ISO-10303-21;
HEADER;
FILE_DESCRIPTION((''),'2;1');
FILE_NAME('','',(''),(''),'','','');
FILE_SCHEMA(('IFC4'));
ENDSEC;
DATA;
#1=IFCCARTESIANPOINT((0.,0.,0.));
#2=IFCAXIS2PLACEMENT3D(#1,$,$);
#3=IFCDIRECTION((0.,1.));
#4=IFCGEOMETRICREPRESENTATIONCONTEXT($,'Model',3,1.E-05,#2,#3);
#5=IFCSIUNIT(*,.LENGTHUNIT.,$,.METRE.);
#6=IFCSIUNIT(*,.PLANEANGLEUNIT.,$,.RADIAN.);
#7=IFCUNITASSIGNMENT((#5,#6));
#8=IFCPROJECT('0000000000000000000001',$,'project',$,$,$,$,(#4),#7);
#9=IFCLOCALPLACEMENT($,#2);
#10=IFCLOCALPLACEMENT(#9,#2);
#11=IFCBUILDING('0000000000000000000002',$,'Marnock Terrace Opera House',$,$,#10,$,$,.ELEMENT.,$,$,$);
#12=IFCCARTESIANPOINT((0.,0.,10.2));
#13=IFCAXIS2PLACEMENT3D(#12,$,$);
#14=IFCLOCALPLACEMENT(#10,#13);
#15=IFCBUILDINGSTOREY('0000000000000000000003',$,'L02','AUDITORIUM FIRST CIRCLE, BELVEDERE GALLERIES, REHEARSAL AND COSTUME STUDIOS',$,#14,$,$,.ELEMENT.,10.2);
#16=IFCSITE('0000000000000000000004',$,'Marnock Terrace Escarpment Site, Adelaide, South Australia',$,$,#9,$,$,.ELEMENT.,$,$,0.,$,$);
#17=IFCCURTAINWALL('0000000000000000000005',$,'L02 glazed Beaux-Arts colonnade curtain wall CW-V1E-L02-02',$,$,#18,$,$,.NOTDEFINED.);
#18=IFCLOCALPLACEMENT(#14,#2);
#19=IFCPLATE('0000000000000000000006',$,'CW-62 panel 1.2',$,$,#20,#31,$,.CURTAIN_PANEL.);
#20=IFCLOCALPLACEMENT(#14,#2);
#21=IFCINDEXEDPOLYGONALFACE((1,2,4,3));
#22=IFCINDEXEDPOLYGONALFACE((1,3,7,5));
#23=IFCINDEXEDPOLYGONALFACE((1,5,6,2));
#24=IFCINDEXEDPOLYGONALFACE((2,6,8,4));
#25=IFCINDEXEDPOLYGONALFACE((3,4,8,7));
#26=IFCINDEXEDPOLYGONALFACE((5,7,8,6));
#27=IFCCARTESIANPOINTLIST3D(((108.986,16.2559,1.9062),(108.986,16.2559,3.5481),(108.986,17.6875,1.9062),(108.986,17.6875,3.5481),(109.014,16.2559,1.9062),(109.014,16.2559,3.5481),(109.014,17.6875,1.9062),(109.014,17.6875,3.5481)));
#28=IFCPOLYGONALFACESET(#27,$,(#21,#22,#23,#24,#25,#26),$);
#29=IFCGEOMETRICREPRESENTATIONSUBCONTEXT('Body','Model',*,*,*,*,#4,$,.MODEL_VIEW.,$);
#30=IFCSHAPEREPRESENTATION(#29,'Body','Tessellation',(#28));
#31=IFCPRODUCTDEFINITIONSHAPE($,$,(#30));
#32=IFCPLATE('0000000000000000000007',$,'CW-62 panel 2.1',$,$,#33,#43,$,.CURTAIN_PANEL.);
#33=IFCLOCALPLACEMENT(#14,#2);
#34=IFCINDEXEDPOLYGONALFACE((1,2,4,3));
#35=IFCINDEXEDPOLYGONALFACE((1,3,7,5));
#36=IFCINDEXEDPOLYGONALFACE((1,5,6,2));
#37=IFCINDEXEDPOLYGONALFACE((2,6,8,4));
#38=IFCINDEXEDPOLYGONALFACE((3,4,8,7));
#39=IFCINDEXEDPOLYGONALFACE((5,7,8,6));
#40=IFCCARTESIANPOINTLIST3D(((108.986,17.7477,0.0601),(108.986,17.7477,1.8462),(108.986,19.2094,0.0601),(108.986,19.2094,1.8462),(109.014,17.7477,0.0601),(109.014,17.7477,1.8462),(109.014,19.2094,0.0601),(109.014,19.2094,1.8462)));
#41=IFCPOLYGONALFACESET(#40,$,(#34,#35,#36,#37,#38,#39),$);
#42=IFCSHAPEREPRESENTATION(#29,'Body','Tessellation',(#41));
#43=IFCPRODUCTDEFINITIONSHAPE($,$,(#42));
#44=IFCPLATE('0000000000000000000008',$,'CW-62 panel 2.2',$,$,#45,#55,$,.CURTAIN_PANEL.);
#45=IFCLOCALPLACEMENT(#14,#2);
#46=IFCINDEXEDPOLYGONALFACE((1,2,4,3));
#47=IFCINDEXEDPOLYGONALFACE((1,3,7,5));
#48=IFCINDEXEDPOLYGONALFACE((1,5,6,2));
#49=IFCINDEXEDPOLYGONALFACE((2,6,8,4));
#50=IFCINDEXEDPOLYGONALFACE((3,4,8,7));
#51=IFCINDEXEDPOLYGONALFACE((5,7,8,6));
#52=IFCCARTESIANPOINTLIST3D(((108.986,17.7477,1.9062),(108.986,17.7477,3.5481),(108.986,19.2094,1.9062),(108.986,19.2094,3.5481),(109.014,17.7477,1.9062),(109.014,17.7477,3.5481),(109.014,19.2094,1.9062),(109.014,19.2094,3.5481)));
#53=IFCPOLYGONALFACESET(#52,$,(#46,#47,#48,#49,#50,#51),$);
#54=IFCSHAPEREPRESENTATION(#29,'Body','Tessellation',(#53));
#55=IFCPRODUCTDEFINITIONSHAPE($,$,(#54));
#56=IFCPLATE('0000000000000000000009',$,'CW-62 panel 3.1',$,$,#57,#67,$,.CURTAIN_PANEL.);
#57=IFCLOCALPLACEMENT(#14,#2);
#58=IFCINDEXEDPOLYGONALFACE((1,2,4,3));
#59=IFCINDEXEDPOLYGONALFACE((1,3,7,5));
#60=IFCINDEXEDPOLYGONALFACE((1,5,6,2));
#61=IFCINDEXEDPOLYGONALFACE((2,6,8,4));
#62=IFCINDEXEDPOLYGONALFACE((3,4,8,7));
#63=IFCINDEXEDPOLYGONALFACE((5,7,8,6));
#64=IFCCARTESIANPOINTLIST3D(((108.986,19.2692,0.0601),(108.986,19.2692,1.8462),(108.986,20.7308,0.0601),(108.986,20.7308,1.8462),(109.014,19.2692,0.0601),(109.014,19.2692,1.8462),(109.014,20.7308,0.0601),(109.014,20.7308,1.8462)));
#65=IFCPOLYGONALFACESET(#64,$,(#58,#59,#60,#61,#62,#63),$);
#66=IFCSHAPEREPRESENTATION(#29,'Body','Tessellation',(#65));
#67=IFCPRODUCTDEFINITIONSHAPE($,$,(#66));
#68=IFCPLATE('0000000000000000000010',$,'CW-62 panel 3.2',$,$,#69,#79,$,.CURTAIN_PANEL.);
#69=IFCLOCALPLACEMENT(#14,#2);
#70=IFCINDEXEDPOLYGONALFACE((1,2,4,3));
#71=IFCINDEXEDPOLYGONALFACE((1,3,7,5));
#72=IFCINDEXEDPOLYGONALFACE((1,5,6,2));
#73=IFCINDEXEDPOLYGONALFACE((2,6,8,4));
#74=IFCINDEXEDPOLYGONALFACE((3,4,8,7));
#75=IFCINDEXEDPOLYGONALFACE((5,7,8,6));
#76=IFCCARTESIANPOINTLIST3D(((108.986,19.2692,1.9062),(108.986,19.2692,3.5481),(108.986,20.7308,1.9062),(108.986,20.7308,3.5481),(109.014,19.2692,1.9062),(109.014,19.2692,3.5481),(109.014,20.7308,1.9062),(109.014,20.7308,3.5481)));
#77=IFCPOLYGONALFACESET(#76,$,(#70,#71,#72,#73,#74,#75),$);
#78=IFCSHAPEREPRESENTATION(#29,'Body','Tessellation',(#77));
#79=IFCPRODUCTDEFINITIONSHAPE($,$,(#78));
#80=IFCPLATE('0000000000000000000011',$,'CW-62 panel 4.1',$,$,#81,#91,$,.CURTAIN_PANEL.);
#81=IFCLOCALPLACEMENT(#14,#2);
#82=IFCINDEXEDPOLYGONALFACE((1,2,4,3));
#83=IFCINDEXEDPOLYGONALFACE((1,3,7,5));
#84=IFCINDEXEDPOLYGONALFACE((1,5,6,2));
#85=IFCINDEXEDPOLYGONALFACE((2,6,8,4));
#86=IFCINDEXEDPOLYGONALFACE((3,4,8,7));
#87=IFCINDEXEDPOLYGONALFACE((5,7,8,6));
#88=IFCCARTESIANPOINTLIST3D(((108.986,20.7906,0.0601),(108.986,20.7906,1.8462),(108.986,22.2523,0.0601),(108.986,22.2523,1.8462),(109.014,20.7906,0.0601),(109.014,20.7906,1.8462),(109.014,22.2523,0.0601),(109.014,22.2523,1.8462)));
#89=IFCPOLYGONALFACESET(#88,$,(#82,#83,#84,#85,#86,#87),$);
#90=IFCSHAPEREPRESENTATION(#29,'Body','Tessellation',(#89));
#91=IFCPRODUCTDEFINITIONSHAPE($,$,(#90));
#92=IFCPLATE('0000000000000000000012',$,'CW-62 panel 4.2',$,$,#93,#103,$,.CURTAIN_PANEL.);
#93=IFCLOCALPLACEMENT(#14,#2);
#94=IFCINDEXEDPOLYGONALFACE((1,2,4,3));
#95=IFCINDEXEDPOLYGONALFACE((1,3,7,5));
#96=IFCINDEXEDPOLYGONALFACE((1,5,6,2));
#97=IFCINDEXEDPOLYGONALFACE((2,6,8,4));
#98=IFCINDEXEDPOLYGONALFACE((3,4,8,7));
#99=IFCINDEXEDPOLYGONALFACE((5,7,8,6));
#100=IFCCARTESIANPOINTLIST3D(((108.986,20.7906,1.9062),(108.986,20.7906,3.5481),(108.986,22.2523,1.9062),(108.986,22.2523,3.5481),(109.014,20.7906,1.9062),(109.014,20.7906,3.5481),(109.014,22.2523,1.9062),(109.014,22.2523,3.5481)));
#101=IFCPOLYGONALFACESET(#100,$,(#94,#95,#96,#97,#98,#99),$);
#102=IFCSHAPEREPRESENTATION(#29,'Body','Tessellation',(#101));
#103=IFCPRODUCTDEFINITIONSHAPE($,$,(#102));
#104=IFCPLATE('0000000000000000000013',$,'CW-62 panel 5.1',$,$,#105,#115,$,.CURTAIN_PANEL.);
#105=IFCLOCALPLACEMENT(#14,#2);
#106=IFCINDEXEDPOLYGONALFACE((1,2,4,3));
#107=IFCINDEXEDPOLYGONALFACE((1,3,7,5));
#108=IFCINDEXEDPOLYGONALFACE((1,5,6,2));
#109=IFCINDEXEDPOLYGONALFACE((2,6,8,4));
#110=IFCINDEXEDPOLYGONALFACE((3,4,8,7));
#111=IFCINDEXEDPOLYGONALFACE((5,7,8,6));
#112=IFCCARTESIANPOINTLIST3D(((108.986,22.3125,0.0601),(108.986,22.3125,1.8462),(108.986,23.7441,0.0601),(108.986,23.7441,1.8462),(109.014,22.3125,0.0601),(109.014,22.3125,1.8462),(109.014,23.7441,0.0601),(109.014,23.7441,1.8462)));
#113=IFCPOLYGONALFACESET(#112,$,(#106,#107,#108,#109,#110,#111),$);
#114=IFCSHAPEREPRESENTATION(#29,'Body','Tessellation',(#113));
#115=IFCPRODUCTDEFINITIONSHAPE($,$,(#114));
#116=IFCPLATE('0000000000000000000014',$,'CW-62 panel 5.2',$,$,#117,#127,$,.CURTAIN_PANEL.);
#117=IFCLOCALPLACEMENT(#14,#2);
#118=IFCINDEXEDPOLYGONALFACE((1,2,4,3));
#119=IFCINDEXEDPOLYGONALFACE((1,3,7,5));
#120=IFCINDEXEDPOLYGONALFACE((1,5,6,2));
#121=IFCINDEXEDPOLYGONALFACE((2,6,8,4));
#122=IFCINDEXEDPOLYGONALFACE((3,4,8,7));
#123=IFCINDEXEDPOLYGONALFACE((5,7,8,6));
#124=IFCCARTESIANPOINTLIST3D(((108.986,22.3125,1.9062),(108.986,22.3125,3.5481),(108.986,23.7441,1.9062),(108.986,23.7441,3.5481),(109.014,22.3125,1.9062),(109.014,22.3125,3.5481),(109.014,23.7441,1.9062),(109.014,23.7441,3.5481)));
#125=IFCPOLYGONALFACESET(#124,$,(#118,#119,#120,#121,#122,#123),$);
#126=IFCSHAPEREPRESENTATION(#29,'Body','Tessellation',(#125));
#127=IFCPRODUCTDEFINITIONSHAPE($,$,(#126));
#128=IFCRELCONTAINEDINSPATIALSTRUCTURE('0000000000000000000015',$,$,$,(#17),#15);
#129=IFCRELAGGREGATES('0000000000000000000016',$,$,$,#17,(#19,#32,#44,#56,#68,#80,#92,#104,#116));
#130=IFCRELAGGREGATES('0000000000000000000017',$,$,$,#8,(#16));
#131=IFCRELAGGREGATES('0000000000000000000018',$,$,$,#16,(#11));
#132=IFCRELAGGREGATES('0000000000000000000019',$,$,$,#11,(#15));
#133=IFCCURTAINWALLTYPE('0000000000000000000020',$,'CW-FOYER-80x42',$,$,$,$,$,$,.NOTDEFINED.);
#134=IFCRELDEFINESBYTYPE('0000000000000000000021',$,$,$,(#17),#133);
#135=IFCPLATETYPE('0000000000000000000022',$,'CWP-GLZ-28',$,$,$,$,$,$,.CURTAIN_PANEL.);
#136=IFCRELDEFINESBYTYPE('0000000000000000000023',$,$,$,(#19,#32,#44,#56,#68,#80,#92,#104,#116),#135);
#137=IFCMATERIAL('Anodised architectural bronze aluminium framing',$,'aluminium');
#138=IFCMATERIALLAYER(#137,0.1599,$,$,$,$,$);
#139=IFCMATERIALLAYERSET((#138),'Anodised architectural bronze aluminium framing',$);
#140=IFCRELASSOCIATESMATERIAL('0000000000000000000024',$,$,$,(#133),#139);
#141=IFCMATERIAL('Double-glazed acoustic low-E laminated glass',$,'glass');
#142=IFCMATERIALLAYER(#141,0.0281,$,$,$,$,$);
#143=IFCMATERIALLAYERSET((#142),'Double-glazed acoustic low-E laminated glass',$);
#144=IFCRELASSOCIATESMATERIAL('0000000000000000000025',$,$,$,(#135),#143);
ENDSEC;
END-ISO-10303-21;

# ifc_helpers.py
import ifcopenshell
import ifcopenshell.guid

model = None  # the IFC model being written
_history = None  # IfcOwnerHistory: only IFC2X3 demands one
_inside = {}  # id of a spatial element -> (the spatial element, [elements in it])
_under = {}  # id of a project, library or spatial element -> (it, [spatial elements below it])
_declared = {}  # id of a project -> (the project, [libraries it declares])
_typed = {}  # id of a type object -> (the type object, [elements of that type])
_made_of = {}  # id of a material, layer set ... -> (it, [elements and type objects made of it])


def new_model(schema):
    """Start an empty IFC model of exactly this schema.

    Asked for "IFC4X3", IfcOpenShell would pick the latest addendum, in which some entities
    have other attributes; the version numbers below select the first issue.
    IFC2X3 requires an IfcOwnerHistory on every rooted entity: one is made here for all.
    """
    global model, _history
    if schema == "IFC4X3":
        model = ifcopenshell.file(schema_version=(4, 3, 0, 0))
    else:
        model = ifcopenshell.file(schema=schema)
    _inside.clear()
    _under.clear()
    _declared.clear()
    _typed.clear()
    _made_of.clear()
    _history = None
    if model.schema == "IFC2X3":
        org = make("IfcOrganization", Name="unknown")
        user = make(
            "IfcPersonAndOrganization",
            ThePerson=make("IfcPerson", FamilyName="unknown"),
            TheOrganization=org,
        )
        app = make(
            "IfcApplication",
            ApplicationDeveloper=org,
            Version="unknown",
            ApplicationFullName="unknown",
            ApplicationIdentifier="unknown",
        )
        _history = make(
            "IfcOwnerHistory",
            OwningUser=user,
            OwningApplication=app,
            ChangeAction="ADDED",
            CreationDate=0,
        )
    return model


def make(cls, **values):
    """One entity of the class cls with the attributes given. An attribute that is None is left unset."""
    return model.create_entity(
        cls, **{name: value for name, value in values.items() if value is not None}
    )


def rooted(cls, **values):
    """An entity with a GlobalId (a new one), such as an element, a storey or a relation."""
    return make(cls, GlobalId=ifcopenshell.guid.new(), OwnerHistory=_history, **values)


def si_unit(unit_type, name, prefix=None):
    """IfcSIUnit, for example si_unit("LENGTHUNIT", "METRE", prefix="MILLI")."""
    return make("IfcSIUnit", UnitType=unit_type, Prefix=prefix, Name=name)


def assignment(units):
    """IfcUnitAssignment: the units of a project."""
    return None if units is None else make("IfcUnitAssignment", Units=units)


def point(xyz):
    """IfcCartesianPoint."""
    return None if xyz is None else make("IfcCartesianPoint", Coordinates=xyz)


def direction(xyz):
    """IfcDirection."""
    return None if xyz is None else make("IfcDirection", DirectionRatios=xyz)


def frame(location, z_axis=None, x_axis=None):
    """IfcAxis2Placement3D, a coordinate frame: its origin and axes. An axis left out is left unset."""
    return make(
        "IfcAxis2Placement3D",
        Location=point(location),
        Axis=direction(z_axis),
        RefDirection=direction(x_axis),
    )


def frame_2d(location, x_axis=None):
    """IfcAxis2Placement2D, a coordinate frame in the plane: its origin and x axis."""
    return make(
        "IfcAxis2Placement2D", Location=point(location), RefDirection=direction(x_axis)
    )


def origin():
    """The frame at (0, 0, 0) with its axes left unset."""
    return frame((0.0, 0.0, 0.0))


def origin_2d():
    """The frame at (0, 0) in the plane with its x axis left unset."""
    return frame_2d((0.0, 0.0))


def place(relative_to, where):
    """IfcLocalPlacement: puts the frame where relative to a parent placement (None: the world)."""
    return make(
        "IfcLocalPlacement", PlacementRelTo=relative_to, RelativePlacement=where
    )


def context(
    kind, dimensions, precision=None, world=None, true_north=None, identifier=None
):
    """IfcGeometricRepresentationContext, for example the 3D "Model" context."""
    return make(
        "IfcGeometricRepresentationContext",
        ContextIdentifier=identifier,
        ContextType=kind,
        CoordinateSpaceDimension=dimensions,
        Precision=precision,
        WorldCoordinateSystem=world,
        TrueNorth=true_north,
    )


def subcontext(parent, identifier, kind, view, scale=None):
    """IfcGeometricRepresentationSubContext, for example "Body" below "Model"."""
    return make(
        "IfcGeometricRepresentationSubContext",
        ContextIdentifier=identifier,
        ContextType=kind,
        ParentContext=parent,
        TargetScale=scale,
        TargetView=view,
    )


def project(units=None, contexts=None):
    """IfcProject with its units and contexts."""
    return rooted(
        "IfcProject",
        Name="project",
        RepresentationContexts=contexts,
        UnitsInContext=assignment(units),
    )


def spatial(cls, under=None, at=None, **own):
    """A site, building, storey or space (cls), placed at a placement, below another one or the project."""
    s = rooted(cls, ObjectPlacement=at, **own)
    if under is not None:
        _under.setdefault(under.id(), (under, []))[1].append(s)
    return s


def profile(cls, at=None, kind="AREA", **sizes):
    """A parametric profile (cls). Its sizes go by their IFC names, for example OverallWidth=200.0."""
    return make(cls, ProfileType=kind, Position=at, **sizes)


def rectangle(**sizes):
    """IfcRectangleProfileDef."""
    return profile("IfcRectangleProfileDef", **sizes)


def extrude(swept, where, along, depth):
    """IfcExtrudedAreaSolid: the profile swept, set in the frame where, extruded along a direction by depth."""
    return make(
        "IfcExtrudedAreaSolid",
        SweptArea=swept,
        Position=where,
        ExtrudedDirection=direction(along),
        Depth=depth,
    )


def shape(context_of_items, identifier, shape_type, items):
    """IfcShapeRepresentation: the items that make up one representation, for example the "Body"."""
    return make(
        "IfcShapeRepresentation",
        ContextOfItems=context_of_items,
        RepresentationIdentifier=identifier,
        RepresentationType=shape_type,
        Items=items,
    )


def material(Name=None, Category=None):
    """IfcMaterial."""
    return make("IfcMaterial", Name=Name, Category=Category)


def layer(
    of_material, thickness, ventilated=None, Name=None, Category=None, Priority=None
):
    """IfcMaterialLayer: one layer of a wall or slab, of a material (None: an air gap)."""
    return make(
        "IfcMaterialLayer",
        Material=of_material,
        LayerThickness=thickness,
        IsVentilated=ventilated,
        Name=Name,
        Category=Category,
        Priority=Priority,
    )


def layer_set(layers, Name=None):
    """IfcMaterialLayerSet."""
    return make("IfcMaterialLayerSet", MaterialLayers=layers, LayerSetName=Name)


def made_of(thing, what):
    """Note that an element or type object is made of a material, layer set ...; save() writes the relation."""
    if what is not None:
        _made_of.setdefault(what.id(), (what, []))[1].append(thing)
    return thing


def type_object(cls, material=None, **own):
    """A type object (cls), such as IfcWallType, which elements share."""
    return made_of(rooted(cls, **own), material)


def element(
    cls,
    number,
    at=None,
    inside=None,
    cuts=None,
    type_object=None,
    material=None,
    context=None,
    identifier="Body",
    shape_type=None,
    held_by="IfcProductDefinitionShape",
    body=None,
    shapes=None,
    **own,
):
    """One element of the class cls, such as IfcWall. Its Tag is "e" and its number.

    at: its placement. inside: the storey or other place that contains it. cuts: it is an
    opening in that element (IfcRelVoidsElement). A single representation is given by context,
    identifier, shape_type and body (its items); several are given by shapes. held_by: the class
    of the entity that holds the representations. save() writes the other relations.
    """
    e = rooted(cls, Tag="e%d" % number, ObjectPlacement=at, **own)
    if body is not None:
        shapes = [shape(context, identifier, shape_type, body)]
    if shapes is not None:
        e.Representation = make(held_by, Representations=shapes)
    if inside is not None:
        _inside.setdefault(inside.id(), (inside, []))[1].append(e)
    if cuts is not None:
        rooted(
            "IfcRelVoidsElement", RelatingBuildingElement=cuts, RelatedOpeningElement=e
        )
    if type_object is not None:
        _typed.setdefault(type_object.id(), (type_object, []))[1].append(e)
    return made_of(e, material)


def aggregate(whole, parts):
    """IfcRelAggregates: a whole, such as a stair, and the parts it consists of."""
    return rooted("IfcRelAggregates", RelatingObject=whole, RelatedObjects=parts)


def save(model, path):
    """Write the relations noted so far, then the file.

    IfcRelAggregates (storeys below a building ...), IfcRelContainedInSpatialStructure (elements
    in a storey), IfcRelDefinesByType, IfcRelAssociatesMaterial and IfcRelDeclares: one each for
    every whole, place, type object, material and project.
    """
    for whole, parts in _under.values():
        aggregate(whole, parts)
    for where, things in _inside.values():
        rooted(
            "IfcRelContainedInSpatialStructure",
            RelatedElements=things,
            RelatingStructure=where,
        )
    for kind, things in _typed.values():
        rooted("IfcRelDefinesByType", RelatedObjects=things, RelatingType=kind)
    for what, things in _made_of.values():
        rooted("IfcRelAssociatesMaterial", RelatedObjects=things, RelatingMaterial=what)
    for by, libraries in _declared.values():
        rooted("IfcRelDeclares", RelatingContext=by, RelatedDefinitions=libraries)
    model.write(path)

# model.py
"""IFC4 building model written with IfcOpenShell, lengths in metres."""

from ifc_helpers import new_model, si_unit, direction, frame, origin, origin_2d, place, context, subcontext, project, spatial, rectangle, extrude, material, layer, layer_set, type_object, element, aggregate, save


model = new_model("IFC4")

# Units and contexts
model_context = context("Model", 3, precision=1e-05, world=origin(), true_north=direction((0.0, 1.0)))
body_context = subcontext(model_context, "Body", "Model", "MODEL_VIEW")
ifc_project = project(units=[si_unit("LENGTHUNIT", "METRE"), si_unit("PLANEANGLEUNIT", "RADIAN")], contexts=[model_context])

# Site, building, storey
site_placement = place(None, origin())
site = spatial("IfcSite", under=ifc_project, at=site_placement, Name="Marnock Terrace Escarpment Site, Adelaide, South Australia", CompositionType="ELEMENT", RefElevation=0.0)
building_placement = place(site_placement, origin())
building = spatial("IfcBuilding", under=site, at=building_placement, Name="Marnock Terrace Opera House", CompositionType="ELEMENT")
storey_placement = place(building_placement, frame((0.0, 0.0, 10.2)))
storey = spatial("IfcBuildingStorey", under=building, at=storey_placement, Name="L02", Description="AUDITORIUM FIRST CIRCLE, BELVEDERE GALLERIES, REHEARSAL AND COSTUME STUDIOS", CompositionType="ELEMENT", Elevation=10.2)

# Curtain wall
ifc_material_1 = material(Name="Anodised architectural bronze aluminium framing", Category="aluminium")
ifc_layer_1 = layer(ifc_material_1, 0.1599)
ifc_layer_set_1 = layer_set([ifc_layer_1], Name="Anodised architectural bronze aluminium framing")
curtain_wall_type = type_object("IfcCurtainWallType", Name="CW-FOYER-80x42", PredefinedType="NOTDEFINED", material=ifc_layer_set_1)
curtain_wall_1_placement = place(storey_placement, origin())
curtain_wall_1 = element("IfcCurtainWall", 1, at=curtain_wall_1_placement, inside=storey, type_object=curtain_wall_type, Name="L02 glazed Beaux-Arts colonnade curtain wall CW-V1E-L02-02", PredefinedType="NOTDEFINED")

# Plates
ifc_material_2 = material(Name="Double-glazed acoustic low-E laminated glass", Category="glass")
ifc_layer_2 = layer(ifc_material_2, 0.0281)
ifc_layer_set_2 = layer_set([ifc_layer_2], Name="Double-glazed acoustic low-E laminated glass")
plate_type = type_object("IfcPlateType", Name="CWP-GLZ-28", PredefinedType="CURTAIN_PANEL", material=ifc_layer_set_2)
plate_1_placement = place(storey_placement, frame((109.0, 16.9717, 1.9062), z_axis=(0.0, 0.0, 1.0), x_axis=(0.0, 1.0, 0.0)))
plate_1 = element("IfcPlate", 2, at=plate_1_placement, type_object=plate_type, Name="CW-62 panel 1.2", PredefinedType="CURTAIN_PANEL", context=body_context, shape_type="SweptSolid", body=[
    extrude(rectangle(XDim=1.4316, YDim=0.0281, at=origin_2d()), origin(), (0.0, 0.0, 1.0), 1.6418),
])
plate_2_placement = place(storey_placement, frame((109.0, 18.4785, 0.0601), z_axis=(0.0, 0.0, 1.0), x_axis=(0.0, 1.0, 0.0)))
plate_2 = element("IfcPlate", 3, at=plate_2_placement, type_object=plate_type, Name="CW-62 panel 2.1", PredefinedType="CURTAIN_PANEL", context=body_context, shape_type="SweptSolid", body=[
    extrude(rectangle(XDim=1.4617, YDim=0.0281, at=origin_2d()), origin(), (0.0, 0.0, 1.0), 1.7861),
])
plate_3_placement = place(storey_placement, frame((109.0, 18.4785, 1.9062), z_axis=(0.0, 0.0, 1.0), x_axis=(0.0, 1.0, 0.0)))
plate_3 = element("IfcPlate", 4, at=plate_3_placement, type_object=plate_type, Name="CW-62 panel 2.2", PredefinedType="CURTAIN_PANEL", context=body_context, shape_type="SweptSolid", body=[
    extrude(rectangle(XDim=1.4617, YDim=0.0281, at=origin_2d()), origin(), (0.0, 0.0, 1.0), 1.6418),
])
plate_4_placement = place(storey_placement, frame((109.0, 20.0, 0.0601), z_axis=(0.0, 0.0, 1.0), x_axis=(0.0, 1.0, 0.0)))
plate_4 = element("IfcPlate", 5, at=plate_4_placement, type_object=plate_type, Name="CW-62 panel 3.1", PredefinedType="CURTAIN_PANEL", context=body_context, shape_type="SweptSolid", body=[
    extrude(rectangle(XDim=1.4617, YDim=0.0281, at=origin_2d()), origin(), (0.0, 0.0, 1.0), 1.7861),
])
plate_5_placement = place(storey_placement, frame((109.0, 20.0, 1.9062), z_axis=(0.0, 0.0, 1.0), x_axis=(0.0, 1.0, 0.0)))
plate_5 = element("IfcPlate", 6, at=plate_5_placement, type_object=plate_type, Name="CW-62 panel 3.2", PredefinedType="CURTAIN_PANEL", context=body_context, shape_type="SweptSolid", body=[
    extrude(rectangle(XDim=1.4617, YDim=0.0281, at=origin_2d()), origin(), (0.0, 0.0, 1.0), 1.6418),
])
plate_6_placement = place(storey_placement, frame((109.0, 21.5215, 0.0601), z_axis=(0.0, 0.0, 1.0), x_axis=(0.0, 1.0, 0.0)))
plate_6 = element("IfcPlate", 7, at=plate_6_placement, type_object=plate_type, Name="CW-62 panel 4.1", PredefinedType="CURTAIN_PANEL", context=body_context, shape_type="SweptSolid", body=[
    extrude(rectangle(XDim=1.4617, YDim=0.0281, at=origin_2d()), origin(), (0.0, 0.0, 1.0), 1.7861),
])
plate_7_placement = place(storey_placement, frame((109.0, 21.5215, 1.9062), z_axis=(0.0, 0.0, 1.0), x_axis=(0.0, 1.0, 0.0)))
plate_7 = element("IfcPlate", 8, at=plate_7_placement, type_object=plate_type, Name="CW-62 panel 4.2", PredefinedType="CURTAIN_PANEL", context=body_context, shape_type="SweptSolid", body=[
    extrude(rectangle(XDim=1.4617, YDim=0.0281, at=origin_2d()), origin(), (0.0, 0.0, 1.0), 1.6418),
])
plate_8_placement = place(storey_placement, frame((109.0, 23.0283, 0.0601), z_axis=(0.0, 0.0, 1.0), x_axis=(0.0, 1.0, 0.0)))
plate_8 = element("IfcPlate", 9, at=plate_8_placement, type_object=plate_type, Name="CW-62 panel 5.1", PredefinedType="CURTAIN_PANEL", context=body_context, shape_type="SweptSolid", body=[
    extrude(rectangle(XDim=1.4316, YDim=0.0281, at=origin_2d()), origin(), (0.0, 0.0, 1.0), 1.7861),
])
plate_9_placement = place(storey_placement, frame((109.0, 23.0283, 1.9062), z_axis=(0.0, 0.0, 1.0), x_axis=(0.0, 1.0, 0.0)))
plate_9 = element("IfcPlate", 10, at=plate_9_placement, type_object=plate_type, Name="CW-62 panel 5.2", PredefinedType="CURTAIN_PANEL", context=body_context, shape_type="SweptSolid", body=[
    extrude(rectangle(XDim=1.4316, YDim=0.0281, at=origin_2d()), origin(), (0.0, 0.0, 1.0), 1.6418),
])
aggregate(curtain_wall_1, [plate_1, plate_2, plate_3, plate_4, plate_5, plate_6, plate_7, plate_8, plate_9])

save(model, "model.ifc")
